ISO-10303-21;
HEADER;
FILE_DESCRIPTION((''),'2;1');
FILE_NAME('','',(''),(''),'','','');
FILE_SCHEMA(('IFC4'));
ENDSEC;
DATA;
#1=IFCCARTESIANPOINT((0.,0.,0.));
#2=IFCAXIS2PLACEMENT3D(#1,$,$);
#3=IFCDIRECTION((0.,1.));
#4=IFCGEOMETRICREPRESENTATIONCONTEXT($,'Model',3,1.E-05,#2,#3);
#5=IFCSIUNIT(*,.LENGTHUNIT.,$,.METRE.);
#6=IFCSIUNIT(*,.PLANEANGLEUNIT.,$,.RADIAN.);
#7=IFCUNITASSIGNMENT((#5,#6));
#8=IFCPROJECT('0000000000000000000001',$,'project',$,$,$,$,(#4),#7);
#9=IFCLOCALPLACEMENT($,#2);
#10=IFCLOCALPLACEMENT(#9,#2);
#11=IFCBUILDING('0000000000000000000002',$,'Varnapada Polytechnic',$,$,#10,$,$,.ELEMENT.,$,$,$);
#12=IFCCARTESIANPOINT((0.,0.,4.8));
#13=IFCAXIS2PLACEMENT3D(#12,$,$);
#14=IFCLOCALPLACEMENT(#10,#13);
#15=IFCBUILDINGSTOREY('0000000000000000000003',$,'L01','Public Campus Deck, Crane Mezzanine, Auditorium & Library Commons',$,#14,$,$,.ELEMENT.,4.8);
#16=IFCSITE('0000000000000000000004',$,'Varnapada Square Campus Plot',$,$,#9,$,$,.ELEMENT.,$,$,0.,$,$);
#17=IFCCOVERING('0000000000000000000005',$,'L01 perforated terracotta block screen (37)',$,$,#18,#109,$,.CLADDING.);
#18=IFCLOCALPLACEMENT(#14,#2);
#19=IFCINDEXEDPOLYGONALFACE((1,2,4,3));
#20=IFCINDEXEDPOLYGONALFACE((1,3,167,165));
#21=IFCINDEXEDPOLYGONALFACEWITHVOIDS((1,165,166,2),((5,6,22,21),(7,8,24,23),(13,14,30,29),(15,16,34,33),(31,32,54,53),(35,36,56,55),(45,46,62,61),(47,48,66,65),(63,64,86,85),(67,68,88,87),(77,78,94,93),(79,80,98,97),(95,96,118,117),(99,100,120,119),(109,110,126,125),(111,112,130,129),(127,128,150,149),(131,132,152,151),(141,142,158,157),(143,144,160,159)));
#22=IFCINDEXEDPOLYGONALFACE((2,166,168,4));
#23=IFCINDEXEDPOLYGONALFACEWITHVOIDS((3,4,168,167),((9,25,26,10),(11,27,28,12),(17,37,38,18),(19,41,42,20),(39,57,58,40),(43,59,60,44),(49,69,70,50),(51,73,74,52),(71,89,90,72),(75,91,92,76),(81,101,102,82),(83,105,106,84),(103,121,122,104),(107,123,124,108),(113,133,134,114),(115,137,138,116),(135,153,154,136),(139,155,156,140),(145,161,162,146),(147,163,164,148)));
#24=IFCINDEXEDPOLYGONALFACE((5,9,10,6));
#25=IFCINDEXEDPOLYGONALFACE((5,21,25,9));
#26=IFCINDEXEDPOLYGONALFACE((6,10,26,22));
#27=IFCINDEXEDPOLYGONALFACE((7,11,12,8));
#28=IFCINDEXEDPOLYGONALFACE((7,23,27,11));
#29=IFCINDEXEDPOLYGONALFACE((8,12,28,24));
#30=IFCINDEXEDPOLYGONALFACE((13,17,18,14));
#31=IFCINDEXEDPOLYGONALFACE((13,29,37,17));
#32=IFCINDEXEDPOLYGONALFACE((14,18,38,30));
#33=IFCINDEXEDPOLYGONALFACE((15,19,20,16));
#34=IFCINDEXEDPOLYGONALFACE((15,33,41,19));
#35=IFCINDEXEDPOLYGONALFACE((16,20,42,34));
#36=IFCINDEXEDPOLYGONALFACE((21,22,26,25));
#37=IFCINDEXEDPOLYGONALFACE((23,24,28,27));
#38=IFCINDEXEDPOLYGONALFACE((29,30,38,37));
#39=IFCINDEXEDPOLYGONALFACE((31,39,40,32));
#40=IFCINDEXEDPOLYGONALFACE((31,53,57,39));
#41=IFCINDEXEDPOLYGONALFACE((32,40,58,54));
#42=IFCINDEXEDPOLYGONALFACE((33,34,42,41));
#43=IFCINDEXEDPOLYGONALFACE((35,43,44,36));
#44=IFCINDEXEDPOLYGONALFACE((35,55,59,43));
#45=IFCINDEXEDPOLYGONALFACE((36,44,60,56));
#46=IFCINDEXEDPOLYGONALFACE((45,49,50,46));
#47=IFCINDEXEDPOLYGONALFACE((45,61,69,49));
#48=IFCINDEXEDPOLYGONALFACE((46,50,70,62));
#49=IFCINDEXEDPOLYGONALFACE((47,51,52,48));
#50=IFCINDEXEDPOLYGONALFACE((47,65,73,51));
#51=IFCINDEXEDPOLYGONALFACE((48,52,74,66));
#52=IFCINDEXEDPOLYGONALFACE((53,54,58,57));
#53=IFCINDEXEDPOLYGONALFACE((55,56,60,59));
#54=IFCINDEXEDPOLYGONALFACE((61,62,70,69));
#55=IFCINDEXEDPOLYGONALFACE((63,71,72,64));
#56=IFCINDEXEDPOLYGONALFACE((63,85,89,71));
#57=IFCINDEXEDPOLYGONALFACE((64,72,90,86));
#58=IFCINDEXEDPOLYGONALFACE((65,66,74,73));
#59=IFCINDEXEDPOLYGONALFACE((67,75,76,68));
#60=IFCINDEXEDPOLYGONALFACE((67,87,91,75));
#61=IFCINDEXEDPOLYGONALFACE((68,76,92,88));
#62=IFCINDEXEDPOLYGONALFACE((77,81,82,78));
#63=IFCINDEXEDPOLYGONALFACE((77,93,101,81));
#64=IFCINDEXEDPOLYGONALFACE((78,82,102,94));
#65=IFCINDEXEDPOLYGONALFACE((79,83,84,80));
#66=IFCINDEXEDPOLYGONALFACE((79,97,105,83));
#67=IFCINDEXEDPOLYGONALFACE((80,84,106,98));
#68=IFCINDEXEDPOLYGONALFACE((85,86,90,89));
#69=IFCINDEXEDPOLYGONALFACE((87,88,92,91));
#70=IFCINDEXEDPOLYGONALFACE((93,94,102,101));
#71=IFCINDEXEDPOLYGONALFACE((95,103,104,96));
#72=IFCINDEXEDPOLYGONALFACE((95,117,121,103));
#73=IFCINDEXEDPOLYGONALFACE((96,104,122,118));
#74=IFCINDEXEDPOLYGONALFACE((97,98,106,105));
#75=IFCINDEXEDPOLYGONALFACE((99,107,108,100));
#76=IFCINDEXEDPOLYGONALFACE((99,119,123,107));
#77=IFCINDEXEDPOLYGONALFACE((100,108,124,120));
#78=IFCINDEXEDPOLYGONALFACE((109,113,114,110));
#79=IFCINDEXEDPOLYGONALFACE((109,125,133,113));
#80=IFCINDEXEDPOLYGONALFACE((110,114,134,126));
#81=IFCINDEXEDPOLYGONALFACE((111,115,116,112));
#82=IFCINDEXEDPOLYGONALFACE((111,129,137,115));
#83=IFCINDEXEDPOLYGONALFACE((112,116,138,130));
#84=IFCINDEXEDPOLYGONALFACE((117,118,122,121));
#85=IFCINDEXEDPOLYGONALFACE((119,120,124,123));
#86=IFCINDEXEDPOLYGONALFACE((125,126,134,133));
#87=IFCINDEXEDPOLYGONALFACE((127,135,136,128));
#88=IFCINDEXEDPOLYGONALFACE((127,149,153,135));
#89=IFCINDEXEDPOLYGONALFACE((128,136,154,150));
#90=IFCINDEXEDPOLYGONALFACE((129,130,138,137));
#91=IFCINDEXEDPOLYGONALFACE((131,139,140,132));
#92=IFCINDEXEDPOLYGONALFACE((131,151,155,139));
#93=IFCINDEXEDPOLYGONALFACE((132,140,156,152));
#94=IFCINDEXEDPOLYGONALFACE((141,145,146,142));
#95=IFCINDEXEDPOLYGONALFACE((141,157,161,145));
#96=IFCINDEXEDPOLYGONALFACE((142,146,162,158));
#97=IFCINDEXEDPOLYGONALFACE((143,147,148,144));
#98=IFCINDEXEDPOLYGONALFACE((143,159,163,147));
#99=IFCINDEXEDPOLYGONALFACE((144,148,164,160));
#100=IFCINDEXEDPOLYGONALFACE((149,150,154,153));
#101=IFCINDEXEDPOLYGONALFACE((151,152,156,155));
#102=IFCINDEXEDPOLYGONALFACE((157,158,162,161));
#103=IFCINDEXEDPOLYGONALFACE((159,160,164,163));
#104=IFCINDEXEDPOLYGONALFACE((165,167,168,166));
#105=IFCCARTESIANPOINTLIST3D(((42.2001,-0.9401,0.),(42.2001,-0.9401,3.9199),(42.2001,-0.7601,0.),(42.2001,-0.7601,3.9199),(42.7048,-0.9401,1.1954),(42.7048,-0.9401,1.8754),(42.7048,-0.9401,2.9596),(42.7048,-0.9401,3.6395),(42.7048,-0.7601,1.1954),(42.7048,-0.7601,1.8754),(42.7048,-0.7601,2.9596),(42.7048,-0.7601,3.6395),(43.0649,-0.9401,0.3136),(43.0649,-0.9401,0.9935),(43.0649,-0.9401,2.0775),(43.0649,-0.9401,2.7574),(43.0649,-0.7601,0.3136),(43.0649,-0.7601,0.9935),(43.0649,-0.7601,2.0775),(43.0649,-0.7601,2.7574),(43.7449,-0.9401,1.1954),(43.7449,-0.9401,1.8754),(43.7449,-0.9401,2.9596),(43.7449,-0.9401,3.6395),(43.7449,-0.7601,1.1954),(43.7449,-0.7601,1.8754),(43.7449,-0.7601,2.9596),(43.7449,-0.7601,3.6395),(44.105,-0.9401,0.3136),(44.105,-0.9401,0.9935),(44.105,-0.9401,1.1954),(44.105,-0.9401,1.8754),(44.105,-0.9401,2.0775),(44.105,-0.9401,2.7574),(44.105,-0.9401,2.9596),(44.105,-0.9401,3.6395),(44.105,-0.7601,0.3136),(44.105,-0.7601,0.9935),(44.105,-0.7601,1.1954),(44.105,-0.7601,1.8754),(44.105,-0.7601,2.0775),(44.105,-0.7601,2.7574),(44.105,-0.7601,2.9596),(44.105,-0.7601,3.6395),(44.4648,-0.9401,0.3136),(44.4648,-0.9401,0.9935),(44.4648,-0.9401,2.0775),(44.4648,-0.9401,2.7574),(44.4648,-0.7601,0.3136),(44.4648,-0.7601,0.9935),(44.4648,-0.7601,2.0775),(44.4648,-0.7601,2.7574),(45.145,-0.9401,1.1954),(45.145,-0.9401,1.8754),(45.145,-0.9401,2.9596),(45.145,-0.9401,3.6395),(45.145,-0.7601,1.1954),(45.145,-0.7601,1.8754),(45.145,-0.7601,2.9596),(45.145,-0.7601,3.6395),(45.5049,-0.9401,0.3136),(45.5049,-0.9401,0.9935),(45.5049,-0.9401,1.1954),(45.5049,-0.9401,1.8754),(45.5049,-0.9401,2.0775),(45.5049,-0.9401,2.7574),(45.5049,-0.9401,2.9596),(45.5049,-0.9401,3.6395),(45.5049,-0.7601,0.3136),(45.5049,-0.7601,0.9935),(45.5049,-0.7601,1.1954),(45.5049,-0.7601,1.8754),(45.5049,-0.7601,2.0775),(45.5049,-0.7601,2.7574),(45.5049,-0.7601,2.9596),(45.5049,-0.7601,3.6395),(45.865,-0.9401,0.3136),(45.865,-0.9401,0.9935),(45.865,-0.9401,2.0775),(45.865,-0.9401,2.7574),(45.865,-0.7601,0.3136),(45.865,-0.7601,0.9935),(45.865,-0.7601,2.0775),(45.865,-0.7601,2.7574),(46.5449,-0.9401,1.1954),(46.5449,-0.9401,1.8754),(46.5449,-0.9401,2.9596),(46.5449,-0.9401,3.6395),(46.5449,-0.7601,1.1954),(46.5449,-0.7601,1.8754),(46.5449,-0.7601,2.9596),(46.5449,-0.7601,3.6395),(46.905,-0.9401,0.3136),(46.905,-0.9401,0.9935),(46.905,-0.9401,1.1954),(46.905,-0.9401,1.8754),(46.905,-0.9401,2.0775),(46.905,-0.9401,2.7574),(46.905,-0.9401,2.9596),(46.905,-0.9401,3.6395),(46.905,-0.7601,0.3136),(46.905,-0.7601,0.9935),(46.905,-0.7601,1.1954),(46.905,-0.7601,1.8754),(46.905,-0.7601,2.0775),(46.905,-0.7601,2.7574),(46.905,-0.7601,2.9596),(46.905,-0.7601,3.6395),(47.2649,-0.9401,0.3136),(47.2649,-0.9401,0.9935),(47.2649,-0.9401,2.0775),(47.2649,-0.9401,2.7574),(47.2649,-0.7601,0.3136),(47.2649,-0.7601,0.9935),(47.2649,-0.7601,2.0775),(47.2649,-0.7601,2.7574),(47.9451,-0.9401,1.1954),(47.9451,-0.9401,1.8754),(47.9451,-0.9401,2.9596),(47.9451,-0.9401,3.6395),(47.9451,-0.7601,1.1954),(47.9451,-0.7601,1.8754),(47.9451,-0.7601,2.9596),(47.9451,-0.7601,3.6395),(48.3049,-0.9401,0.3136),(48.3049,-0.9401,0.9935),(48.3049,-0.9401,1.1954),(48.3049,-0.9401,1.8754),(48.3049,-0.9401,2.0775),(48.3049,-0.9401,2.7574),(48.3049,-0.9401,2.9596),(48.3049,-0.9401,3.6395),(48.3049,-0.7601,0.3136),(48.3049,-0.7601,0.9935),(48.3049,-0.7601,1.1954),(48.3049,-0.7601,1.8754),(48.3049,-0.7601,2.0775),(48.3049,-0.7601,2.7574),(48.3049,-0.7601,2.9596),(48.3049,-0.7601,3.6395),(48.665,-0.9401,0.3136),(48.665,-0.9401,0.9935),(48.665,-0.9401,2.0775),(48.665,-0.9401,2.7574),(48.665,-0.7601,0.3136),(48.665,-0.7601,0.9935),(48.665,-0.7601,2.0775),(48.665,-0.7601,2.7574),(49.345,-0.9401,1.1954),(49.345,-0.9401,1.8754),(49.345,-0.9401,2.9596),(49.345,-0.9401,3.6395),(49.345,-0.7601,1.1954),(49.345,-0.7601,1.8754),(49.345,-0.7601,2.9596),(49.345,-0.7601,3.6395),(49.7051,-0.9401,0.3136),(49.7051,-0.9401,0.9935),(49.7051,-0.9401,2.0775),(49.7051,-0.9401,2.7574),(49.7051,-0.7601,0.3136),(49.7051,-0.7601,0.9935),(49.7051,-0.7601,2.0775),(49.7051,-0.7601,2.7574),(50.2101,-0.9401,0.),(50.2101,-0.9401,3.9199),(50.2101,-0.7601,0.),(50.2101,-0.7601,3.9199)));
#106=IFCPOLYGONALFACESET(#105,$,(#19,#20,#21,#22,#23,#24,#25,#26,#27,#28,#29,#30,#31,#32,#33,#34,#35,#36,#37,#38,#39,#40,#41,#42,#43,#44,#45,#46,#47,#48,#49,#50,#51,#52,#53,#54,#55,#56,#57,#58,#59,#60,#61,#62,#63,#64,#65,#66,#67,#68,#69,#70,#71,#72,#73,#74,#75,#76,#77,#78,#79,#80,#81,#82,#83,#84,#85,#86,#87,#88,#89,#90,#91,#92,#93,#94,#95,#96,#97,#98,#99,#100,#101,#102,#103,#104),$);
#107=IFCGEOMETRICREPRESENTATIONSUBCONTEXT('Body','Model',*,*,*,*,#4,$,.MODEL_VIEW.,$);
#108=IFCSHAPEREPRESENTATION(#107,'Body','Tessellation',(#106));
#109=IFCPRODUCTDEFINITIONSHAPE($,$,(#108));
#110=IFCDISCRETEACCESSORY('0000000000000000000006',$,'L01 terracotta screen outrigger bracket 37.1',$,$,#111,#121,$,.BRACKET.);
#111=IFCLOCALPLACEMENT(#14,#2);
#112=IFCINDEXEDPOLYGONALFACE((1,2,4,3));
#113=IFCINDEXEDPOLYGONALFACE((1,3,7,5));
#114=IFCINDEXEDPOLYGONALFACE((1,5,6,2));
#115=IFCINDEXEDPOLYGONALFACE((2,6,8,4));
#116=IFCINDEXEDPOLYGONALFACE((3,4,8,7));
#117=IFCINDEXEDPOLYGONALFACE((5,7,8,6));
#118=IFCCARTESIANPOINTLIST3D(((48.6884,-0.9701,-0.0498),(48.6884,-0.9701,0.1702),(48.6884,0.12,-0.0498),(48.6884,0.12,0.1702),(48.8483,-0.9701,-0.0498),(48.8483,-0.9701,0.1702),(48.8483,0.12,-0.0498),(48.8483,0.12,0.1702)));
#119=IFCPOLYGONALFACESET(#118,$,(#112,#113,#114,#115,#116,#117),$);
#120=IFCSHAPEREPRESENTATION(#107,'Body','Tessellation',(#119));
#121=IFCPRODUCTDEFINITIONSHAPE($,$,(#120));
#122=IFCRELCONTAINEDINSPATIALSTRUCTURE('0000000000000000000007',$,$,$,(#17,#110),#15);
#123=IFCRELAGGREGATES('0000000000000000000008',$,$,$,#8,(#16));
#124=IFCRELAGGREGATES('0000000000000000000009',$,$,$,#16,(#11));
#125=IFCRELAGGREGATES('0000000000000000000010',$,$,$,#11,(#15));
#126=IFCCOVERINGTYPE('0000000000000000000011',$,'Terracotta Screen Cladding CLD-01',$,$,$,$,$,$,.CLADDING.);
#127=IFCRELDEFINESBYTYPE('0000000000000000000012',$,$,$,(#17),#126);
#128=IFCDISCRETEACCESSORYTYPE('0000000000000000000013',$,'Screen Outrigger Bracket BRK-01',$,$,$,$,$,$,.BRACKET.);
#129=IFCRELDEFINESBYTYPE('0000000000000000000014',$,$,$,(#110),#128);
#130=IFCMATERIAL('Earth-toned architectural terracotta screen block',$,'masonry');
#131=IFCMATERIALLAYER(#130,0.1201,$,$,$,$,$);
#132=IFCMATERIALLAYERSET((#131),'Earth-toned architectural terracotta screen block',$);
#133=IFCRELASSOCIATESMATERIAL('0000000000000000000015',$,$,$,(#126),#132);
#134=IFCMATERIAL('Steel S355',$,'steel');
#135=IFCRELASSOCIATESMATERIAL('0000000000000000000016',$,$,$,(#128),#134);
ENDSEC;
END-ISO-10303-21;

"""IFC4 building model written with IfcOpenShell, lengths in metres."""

from ifc_helpers import new_model, si_unit, direction, frame, frame_2d, origin, origin_2d, place, context, subcontext, project, spatial, rectangle, extrude, material, layer, layer_set, type_object, element, save


model = new_model("IFC4")

# Units and contexts
model_context = context("Model", 3, precision=1e-05, world=origin(), true_north=direction((0.0, 1.0)))
body_context = subcontext(model_context, "Body", "Model", "MODEL_VIEW")
ifc_project = project(units=[si_unit("LENGTHUNIT", "METRE"), si_unit("PLANEANGLEUNIT", "RADIAN")], contexts=[model_context])

# Site, building, storey
site_placement = place(None, origin())
site = spatial("IfcSite", under=ifc_project, at=site_placement, Name="Varnapada Square Campus Plot", CompositionType="ELEMENT", RefElevation=0.0)
building_placement = place(site_placement, origin())
building = spatial("IfcBuilding", under=site, at=building_placement, Name="Varnapada Polytechnic", CompositionType="ELEMENT")
storey_placement = place(building_placement, frame((0.0, 0.0, 4.8)))
storey = spatial("IfcBuildingStorey", under=building, at=storey_placement, Name="L01", Description="Public Campus Deck, Crane Mezzanine, Auditorium & Library Commons", CompositionType="ELEMENT", Elevation=4.8)

# Shared definitions
ifc_material_1 = material(Name="Steel S355", Category="steel")

# Covering, openings
ifc_material_2 = material(Name="Earth-toned architectural terracotta screen block", Category="masonry")
ifc_layer_1 = layer(ifc_material_2, 0.1201)
ifc_layer_set_1 = layer_set([ifc_layer_1], Name="Earth-toned architectural terracotta screen block")
covering_type = type_object("IfcCoveringType", Name="Terracotta Screen Cladding CLD-01", PredefinedType="CLADDING", material=ifc_layer_set_1)
covering_placement = place(storey_placement, frame((50.21, -0.8501, 0.0), z_axis=(0.0, 0.0, 1.0), x_axis=(-1.0, 0.0, 0.0)))
covering = element("IfcCovering", 1, at=covering_placement, inside=storey, type_object=covering_type, Name="L01 perforated terracotta block screen (37)", PredefinedType="CLADDING", context=body_context, shape_type="SweptSolid", body=[
    extrude(rectangle(XDim=8.01, YDim=0.1799, at=frame_2d((4.0049, 0.0))), origin(), (0.0, 0.0, 1.0), 3.9199),
])
opening_1_placement = place(covering_placement, frame((0.5049, 0.0, 0.3137)))
element("IfcOpeningElement", 2, at=opening_1_placement, cuts=covering, PredefinedType="OPENING", context=body_context, shape_type="SweptSolid", body=[
    extrude(rectangle(XDim=1.04, YDim=0.6799, at=frame_2d((0.52, 0.3398))), frame((0.0, 0.0999, 0.0), z_axis=(0.0, -1.0, 0.0), x_axis=(1.0, 0.0, 0.0)), (0.0, 0.0, 1.0), 0.2),
])
opening_2_placement = place(covering_placement, frame((1.905, 0.0, 0.3137)))
element("IfcOpeningElement", 3, at=opening_2_placement, cuts=covering, PredefinedType="OPENING", context=body_context, shape_type="SweptSolid", body=[
    extrude(rectangle(XDim=1.04, YDim=0.6799, at=frame_2d((0.52, 0.3398))), frame((0.0, 0.0999, 0.0), z_axis=(0.0, -1.0, 0.0), x_axis=(1.0, 0.0, 0.0)), (0.0, 0.0, 1.0), 0.2),
])
opening_3_placement = place(covering_placement, frame((3.3049, 0.0, 0.3137)))
element("IfcOpeningElement", 4, at=opening_3_placement, cuts=covering, PredefinedType="OPENING", context=body_context, shape_type="SweptSolid", body=[
    extrude(rectangle(XDim=1.04, YDim=0.6799, at=frame_2d((0.52, 0.3398))), frame((0.0, 0.0999, 0.0), z_axis=(0.0, -1.0, 0.0), x_axis=(1.0, 0.0, 0.0)), (0.0, 0.0, 1.0), 0.2),
])
opening_4_placement = place(covering_placement, frame((4.7051, 0.0, 0.3137)))
element("IfcOpeningElement", 5, at=opening_4_placement, cuts=covering, PredefinedType="OPENING", context=body_context, shape_type="SweptSolid", body=[
    extrude(rectangle(XDim=1.04, YDim=0.6799, at=frame_2d((0.52, 0.3398))), frame((0.0, 0.0999, 0.0), z_axis=(0.0, -1.0, 0.0), x_axis=(1.0, 0.0, 0.0)), (0.0, 0.0, 1.0), 0.2),
])
opening_5_placement = place(covering_placement, frame((6.105, 0.0, 0.3137)))
element("IfcOpeningElement", 6, at=opening_5_placement, cuts=covering, PredefinedType="OPENING", context=body_context, shape_type="SweptSolid", body=[
    extrude(rectangle(XDim=1.04, YDim=0.6799, at=frame_2d((0.52, 0.3398))), frame((0.0, 0.0999, 0.0), z_axis=(0.0, -1.0, 0.0), x_axis=(1.0, 0.0, 0.0)), (0.0, 0.0, 1.0), 0.2),
])
opening_6_placement = place(covering_placement, frame((0.865, 0.0, 1.1956)))
element("IfcOpeningElement", 7, at=opening_6_placement, cuts=covering, PredefinedType="OPENING", context=body_context, shape_type="SweptSolid", body=[
    extrude(rectangle(XDim=1.04, YDim=0.6799, at=frame_2d((0.52, 0.3398))), frame((0.0, 0.0999, 0.0), z_axis=(0.0, -1.0, 0.0), x_axis=(1.0, 0.0, 0.0)), (0.0, 0.0, 1.0), 0.2),
])
opening_7_placement = place(covering_placement, frame((2.2649, 0.0, 1.1956)))
element("IfcOpeningElement", 8, at=opening_7_placement, cuts=covering, PredefinedType="OPENING", context=body_context, shape_type="SweptSolid", body=[
    extrude(rectangle(XDim=1.04, YDim=0.6799, at=frame_2d((0.52, 0.3398))), frame((0.0, 0.0999, 0.0), z_axis=(0.0, -1.0, 0.0), x_axis=(1.0, 0.0, 0.0)), (0.0, 0.0, 1.0), 0.2),
])
opening_8_placement = place(covering_placement, frame((3.665, 0.0, 1.1956)))
element("IfcOpeningElement", 9, at=opening_8_placement, cuts=covering, PredefinedType="OPENING", context=body_context, shape_type="SweptSolid", body=[
    extrude(rectangle(XDim=1.04, YDim=0.6799, at=frame_2d((0.52, 0.3398))), frame((0.0, 0.0999, 0.0), z_axis=(0.0, -1.0, 0.0), x_axis=(1.0, 0.0, 0.0)), (0.0, 0.0, 1.0), 0.2),
])
opening_9_placement = place(covering_placement, frame((5.0649, 0.0, 1.1956)))
element("IfcOpeningElement", 10, at=opening_9_placement, cuts=covering, PredefinedType="OPENING", context=body_context, shape_type="SweptSolid", body=[
    extrude(rectangle(XDim=1.04, YDim=0.6799, at=frame_2d((0.52, 0.3398))), frame((0.0, 0.0999, 0.0), z_axis=(0.0, -1.0, 0.0), x_axis=(1.0, 0.0, 0.0)), (0.0, 0.0, 1.0), 0.2),
])
opening_10_placement = place(covering_placement, frame((6.4651, 0.0, 1.1956)))
element("IfcOpeningElement", 11, at=opening_10_placement, cuts=covering, PredefinedType="OPENING", context=body_context, shape_type="SweptSolid", body=[
    extrude(rectangle(XDim=1.04, YDim=0.6799, at=frame_2d((0.52, 0.3398))), frame((0.0, 0.0999, 0.0), z_axis=(0.0, -1.0, 0.0), x_axis=(1.0, 0.0, 0.0)), (0.0, 0.0, 1.0), 0.2),
])
opening_11_placement = place(covering_placement, frame((0.5049, 0.0, 2.0776)))
element("IfcOpeningElement", 12, at=opening_11_placement, cuts=covering, PredefinedType="OPENING", context=body_context, shape_type="SweptSolid", body=[
    extrude(rectangle(XDim=1.04, YDim=0.6799, at=frame_2d((0.52, 0.3398))), frame((0.0, 0.0999, 0.0), z_axis=(0.0, -1.0, 0.0), x_axis=(1.0, 0.0, 0.0)), (0.0, 0.0, 1.0), 0.2),
])
opening_12_placement = place(covering_placement, frame((1.905, 0.0, 2.0776)))
element("IfcOpeningElement", 13, at=opening_12_placement, cuts=covering, PredefinedType="OPENING", context=body_context, shape_type="SweptSolid", body=[
    extrude(rectangle(XDim=1.04, YDim=0.6799, at=frame_2d((0.52, 0.3398))), frame((0.0, 0.0999, 0.0), z_axis=(0.0, -1.0, 0.0), x_axis=(1.0, 0.0, 0.0)), (0.0, 0.0, 1.0), 0.2),
])
opening_13_placement = place(covering_placement, frame((3.3049, 0.0, 2.0776)))
element("IfcOpeningElement", 14, at=opening_13_placement, cuts=covering, PredefinedType="OPENING", context=body_context, shape_type="SweptSolid", body=[
    extrude(rectangle(XDim=1.04, YDim=0.6799, at=frame_2d((0.52, 0.3398))), frame((0.0, 0.0999, 0.0), z_axis=(0.0, -1.0, 0.0), x_axis=(1.0, 0.0, 0.0)), (0.0, 0.0, 1.0), 0.2),
])
opening_14_placement = place(covering_placement, frame((4.7051, 0.0, 2.0776)))
element("IfcOpeningElement", 15, at=opening_14_placement, cuts=covering, PredefinedType="OPENING", context=body_context, shape_type="SweptSolid", body=[
    extrude(rectangle(XDim=1.04, YDim=0.6799, at=frame_2d((0.52, 0.3398))), frame((0.0, 0.0999, 0.0), z_axis=(0.0, -1.0, 0.0), x_axis=(1.0, 0.0, 0.0)), (0.0, 0.0, 1.0), 0.2),
])
opening_15_placement = place(covering_placement, frame((6.105, 0.0, 2.0776)))
element("IfcOpeningElement", 16, at=opening_15_placement, cuts=covering, PredefinedType="OPENING", context=body_context, shape_type="SweptSolid", body=[
    extrude(rectangle(XDim=1.04, YDim=0.6799, at=frame_2d((0.52, 0.3398))), frame((0.0, 0.0999, 0.0), z_axis=(0.0, -1.0, 0.0), x_axis=(1.0, 0.0, 0.0)), (0.0, 0.0, 1.0), 0.2),
])
opening_16_placement = place(covering_placement, frame((0.865, 0.0, 2.9597)))
element("IfcOpeningElement", 17, at=opening_16_placement, cuts=covering, PredefinedType="OPENING", context=body_context, shape_type="SweptSolid", body=[
    extrude(rectangle(XDim=1.04, YDim=0.6799, at=frame_2d((0.52, 0.3398))), frame((0.0, 0.0999, 0.0), z_axis=(0.0, -1.0, 0.0), x_axis=(1.0, 0.0, 0.0)), (0.0, 0.0, 1.0), 0.2),
])
opening_17_placement = place(covering_placement, frame((2.2649, 0.0, 2.9597)))
element("IfcOpeningElement", 18, at=opening_17_placement, cuts=covering, PredefinedType="OPENING", context=body_context, shape_type="SweptSolid", body=[
    extrude(rectangle(XDim=1.04, YDim=0.6799, at=frame_2d((0.52, 0.3398))), frame((0.0, 0.0999, 0.0), z_axis=(0.0, -1.0, 0.0), x_axis=(1.0, 0.0, 0.0)), (0.0, 0.0, 1.0), 0.2),
])
opening_18_placement = place(covering_placement, frame((3.665, 0.0, 2.9597)))
element("IfcOpeningElement", 19, at=opening_18_placement, cuts=covering, PredefinedType="OPENING", context=body_context, shape_type="SweptSolid", body=[
    extrude(rectangle(XDim=1.04, YDim=0.6799, at=frame_2d((0.52, 0.3398))), frame((0.0, 0.0999, 0.0), z_axis=(0.0, -1.0, 0.0), x_axis=(1.0, 0.0, 0.0)), (0.0, 0.0, 1.0), 0.2),
])
opening_19_placement = place(covering_placement, frame((5.0649, 0.0, 2.9597)))
element("IfcOpeningElement", 20, at=opening_19_placement, cuts=covering, PredefinedType="OPENING", context=body_context, shape_type="SweptSolid", body=[
    extrude(rectangle(XDim=1.04, YDim=0.6799, at=frame_2d((0.52, 0.3398))), frame((0.0, 0.0999, 0.0), z_axis=(0.0, -1.0, 0.0), x_axis=(1.0, 0.0, 0.0)), (0.0, 0.0, 1.0), 0.2),
])
opening_20_placement = place(covering_placement, frame((6.4651, 0.0, 2.9597)))
element("IfcOpeningElement", 21, at=opening_20_placement, cuts=covering, PredefinedType="OPENING", context=body_context, shape_type="SweptSolid", body=[
    extrude(rectangle(XDim=1.04, YDim=0.6799, at=frame_2d((0.52, 0.3398))), frame((0.0, 0.0999, 0.0), z_axis=(0.0, -1.0, 0.0), x_axis=(1.0, 0.0, 0.0)), (0.0, 0.0, 1.0), 0.2),
])

# Discrete accessory
discrete_accessory_type = type_object("IfcDiscreteAccessoryType", Name="Screen Outrigger Bracket BRK-01", PredefinedType="BRACKET", material=ifc_material_1)
discrete_accessory_placement = place(storey_placement, frame((48.7683, -0.425, -0.0498), z_axis=(0.0, 0.0, 1.0), x_axis=(-1.0, 0.0, 0.0)))
element("IfcDiscreteAccessory", 22, at=discrete_accessory_placement, inside=storey, type_object=discrete_accessory_type, Name="L01 terracotta screen outrigger bracket 37.1", PredefinedType="BRACKET", context=body_context, shape_type="SweptSolid", body=[
    extrude(rectangle(XDim=0.1599, YDim=1.0901, at=origin_2d()), origin(), (0.0, 0.0, 1.0), 0.22),
])

save(model, "model.ifc")
